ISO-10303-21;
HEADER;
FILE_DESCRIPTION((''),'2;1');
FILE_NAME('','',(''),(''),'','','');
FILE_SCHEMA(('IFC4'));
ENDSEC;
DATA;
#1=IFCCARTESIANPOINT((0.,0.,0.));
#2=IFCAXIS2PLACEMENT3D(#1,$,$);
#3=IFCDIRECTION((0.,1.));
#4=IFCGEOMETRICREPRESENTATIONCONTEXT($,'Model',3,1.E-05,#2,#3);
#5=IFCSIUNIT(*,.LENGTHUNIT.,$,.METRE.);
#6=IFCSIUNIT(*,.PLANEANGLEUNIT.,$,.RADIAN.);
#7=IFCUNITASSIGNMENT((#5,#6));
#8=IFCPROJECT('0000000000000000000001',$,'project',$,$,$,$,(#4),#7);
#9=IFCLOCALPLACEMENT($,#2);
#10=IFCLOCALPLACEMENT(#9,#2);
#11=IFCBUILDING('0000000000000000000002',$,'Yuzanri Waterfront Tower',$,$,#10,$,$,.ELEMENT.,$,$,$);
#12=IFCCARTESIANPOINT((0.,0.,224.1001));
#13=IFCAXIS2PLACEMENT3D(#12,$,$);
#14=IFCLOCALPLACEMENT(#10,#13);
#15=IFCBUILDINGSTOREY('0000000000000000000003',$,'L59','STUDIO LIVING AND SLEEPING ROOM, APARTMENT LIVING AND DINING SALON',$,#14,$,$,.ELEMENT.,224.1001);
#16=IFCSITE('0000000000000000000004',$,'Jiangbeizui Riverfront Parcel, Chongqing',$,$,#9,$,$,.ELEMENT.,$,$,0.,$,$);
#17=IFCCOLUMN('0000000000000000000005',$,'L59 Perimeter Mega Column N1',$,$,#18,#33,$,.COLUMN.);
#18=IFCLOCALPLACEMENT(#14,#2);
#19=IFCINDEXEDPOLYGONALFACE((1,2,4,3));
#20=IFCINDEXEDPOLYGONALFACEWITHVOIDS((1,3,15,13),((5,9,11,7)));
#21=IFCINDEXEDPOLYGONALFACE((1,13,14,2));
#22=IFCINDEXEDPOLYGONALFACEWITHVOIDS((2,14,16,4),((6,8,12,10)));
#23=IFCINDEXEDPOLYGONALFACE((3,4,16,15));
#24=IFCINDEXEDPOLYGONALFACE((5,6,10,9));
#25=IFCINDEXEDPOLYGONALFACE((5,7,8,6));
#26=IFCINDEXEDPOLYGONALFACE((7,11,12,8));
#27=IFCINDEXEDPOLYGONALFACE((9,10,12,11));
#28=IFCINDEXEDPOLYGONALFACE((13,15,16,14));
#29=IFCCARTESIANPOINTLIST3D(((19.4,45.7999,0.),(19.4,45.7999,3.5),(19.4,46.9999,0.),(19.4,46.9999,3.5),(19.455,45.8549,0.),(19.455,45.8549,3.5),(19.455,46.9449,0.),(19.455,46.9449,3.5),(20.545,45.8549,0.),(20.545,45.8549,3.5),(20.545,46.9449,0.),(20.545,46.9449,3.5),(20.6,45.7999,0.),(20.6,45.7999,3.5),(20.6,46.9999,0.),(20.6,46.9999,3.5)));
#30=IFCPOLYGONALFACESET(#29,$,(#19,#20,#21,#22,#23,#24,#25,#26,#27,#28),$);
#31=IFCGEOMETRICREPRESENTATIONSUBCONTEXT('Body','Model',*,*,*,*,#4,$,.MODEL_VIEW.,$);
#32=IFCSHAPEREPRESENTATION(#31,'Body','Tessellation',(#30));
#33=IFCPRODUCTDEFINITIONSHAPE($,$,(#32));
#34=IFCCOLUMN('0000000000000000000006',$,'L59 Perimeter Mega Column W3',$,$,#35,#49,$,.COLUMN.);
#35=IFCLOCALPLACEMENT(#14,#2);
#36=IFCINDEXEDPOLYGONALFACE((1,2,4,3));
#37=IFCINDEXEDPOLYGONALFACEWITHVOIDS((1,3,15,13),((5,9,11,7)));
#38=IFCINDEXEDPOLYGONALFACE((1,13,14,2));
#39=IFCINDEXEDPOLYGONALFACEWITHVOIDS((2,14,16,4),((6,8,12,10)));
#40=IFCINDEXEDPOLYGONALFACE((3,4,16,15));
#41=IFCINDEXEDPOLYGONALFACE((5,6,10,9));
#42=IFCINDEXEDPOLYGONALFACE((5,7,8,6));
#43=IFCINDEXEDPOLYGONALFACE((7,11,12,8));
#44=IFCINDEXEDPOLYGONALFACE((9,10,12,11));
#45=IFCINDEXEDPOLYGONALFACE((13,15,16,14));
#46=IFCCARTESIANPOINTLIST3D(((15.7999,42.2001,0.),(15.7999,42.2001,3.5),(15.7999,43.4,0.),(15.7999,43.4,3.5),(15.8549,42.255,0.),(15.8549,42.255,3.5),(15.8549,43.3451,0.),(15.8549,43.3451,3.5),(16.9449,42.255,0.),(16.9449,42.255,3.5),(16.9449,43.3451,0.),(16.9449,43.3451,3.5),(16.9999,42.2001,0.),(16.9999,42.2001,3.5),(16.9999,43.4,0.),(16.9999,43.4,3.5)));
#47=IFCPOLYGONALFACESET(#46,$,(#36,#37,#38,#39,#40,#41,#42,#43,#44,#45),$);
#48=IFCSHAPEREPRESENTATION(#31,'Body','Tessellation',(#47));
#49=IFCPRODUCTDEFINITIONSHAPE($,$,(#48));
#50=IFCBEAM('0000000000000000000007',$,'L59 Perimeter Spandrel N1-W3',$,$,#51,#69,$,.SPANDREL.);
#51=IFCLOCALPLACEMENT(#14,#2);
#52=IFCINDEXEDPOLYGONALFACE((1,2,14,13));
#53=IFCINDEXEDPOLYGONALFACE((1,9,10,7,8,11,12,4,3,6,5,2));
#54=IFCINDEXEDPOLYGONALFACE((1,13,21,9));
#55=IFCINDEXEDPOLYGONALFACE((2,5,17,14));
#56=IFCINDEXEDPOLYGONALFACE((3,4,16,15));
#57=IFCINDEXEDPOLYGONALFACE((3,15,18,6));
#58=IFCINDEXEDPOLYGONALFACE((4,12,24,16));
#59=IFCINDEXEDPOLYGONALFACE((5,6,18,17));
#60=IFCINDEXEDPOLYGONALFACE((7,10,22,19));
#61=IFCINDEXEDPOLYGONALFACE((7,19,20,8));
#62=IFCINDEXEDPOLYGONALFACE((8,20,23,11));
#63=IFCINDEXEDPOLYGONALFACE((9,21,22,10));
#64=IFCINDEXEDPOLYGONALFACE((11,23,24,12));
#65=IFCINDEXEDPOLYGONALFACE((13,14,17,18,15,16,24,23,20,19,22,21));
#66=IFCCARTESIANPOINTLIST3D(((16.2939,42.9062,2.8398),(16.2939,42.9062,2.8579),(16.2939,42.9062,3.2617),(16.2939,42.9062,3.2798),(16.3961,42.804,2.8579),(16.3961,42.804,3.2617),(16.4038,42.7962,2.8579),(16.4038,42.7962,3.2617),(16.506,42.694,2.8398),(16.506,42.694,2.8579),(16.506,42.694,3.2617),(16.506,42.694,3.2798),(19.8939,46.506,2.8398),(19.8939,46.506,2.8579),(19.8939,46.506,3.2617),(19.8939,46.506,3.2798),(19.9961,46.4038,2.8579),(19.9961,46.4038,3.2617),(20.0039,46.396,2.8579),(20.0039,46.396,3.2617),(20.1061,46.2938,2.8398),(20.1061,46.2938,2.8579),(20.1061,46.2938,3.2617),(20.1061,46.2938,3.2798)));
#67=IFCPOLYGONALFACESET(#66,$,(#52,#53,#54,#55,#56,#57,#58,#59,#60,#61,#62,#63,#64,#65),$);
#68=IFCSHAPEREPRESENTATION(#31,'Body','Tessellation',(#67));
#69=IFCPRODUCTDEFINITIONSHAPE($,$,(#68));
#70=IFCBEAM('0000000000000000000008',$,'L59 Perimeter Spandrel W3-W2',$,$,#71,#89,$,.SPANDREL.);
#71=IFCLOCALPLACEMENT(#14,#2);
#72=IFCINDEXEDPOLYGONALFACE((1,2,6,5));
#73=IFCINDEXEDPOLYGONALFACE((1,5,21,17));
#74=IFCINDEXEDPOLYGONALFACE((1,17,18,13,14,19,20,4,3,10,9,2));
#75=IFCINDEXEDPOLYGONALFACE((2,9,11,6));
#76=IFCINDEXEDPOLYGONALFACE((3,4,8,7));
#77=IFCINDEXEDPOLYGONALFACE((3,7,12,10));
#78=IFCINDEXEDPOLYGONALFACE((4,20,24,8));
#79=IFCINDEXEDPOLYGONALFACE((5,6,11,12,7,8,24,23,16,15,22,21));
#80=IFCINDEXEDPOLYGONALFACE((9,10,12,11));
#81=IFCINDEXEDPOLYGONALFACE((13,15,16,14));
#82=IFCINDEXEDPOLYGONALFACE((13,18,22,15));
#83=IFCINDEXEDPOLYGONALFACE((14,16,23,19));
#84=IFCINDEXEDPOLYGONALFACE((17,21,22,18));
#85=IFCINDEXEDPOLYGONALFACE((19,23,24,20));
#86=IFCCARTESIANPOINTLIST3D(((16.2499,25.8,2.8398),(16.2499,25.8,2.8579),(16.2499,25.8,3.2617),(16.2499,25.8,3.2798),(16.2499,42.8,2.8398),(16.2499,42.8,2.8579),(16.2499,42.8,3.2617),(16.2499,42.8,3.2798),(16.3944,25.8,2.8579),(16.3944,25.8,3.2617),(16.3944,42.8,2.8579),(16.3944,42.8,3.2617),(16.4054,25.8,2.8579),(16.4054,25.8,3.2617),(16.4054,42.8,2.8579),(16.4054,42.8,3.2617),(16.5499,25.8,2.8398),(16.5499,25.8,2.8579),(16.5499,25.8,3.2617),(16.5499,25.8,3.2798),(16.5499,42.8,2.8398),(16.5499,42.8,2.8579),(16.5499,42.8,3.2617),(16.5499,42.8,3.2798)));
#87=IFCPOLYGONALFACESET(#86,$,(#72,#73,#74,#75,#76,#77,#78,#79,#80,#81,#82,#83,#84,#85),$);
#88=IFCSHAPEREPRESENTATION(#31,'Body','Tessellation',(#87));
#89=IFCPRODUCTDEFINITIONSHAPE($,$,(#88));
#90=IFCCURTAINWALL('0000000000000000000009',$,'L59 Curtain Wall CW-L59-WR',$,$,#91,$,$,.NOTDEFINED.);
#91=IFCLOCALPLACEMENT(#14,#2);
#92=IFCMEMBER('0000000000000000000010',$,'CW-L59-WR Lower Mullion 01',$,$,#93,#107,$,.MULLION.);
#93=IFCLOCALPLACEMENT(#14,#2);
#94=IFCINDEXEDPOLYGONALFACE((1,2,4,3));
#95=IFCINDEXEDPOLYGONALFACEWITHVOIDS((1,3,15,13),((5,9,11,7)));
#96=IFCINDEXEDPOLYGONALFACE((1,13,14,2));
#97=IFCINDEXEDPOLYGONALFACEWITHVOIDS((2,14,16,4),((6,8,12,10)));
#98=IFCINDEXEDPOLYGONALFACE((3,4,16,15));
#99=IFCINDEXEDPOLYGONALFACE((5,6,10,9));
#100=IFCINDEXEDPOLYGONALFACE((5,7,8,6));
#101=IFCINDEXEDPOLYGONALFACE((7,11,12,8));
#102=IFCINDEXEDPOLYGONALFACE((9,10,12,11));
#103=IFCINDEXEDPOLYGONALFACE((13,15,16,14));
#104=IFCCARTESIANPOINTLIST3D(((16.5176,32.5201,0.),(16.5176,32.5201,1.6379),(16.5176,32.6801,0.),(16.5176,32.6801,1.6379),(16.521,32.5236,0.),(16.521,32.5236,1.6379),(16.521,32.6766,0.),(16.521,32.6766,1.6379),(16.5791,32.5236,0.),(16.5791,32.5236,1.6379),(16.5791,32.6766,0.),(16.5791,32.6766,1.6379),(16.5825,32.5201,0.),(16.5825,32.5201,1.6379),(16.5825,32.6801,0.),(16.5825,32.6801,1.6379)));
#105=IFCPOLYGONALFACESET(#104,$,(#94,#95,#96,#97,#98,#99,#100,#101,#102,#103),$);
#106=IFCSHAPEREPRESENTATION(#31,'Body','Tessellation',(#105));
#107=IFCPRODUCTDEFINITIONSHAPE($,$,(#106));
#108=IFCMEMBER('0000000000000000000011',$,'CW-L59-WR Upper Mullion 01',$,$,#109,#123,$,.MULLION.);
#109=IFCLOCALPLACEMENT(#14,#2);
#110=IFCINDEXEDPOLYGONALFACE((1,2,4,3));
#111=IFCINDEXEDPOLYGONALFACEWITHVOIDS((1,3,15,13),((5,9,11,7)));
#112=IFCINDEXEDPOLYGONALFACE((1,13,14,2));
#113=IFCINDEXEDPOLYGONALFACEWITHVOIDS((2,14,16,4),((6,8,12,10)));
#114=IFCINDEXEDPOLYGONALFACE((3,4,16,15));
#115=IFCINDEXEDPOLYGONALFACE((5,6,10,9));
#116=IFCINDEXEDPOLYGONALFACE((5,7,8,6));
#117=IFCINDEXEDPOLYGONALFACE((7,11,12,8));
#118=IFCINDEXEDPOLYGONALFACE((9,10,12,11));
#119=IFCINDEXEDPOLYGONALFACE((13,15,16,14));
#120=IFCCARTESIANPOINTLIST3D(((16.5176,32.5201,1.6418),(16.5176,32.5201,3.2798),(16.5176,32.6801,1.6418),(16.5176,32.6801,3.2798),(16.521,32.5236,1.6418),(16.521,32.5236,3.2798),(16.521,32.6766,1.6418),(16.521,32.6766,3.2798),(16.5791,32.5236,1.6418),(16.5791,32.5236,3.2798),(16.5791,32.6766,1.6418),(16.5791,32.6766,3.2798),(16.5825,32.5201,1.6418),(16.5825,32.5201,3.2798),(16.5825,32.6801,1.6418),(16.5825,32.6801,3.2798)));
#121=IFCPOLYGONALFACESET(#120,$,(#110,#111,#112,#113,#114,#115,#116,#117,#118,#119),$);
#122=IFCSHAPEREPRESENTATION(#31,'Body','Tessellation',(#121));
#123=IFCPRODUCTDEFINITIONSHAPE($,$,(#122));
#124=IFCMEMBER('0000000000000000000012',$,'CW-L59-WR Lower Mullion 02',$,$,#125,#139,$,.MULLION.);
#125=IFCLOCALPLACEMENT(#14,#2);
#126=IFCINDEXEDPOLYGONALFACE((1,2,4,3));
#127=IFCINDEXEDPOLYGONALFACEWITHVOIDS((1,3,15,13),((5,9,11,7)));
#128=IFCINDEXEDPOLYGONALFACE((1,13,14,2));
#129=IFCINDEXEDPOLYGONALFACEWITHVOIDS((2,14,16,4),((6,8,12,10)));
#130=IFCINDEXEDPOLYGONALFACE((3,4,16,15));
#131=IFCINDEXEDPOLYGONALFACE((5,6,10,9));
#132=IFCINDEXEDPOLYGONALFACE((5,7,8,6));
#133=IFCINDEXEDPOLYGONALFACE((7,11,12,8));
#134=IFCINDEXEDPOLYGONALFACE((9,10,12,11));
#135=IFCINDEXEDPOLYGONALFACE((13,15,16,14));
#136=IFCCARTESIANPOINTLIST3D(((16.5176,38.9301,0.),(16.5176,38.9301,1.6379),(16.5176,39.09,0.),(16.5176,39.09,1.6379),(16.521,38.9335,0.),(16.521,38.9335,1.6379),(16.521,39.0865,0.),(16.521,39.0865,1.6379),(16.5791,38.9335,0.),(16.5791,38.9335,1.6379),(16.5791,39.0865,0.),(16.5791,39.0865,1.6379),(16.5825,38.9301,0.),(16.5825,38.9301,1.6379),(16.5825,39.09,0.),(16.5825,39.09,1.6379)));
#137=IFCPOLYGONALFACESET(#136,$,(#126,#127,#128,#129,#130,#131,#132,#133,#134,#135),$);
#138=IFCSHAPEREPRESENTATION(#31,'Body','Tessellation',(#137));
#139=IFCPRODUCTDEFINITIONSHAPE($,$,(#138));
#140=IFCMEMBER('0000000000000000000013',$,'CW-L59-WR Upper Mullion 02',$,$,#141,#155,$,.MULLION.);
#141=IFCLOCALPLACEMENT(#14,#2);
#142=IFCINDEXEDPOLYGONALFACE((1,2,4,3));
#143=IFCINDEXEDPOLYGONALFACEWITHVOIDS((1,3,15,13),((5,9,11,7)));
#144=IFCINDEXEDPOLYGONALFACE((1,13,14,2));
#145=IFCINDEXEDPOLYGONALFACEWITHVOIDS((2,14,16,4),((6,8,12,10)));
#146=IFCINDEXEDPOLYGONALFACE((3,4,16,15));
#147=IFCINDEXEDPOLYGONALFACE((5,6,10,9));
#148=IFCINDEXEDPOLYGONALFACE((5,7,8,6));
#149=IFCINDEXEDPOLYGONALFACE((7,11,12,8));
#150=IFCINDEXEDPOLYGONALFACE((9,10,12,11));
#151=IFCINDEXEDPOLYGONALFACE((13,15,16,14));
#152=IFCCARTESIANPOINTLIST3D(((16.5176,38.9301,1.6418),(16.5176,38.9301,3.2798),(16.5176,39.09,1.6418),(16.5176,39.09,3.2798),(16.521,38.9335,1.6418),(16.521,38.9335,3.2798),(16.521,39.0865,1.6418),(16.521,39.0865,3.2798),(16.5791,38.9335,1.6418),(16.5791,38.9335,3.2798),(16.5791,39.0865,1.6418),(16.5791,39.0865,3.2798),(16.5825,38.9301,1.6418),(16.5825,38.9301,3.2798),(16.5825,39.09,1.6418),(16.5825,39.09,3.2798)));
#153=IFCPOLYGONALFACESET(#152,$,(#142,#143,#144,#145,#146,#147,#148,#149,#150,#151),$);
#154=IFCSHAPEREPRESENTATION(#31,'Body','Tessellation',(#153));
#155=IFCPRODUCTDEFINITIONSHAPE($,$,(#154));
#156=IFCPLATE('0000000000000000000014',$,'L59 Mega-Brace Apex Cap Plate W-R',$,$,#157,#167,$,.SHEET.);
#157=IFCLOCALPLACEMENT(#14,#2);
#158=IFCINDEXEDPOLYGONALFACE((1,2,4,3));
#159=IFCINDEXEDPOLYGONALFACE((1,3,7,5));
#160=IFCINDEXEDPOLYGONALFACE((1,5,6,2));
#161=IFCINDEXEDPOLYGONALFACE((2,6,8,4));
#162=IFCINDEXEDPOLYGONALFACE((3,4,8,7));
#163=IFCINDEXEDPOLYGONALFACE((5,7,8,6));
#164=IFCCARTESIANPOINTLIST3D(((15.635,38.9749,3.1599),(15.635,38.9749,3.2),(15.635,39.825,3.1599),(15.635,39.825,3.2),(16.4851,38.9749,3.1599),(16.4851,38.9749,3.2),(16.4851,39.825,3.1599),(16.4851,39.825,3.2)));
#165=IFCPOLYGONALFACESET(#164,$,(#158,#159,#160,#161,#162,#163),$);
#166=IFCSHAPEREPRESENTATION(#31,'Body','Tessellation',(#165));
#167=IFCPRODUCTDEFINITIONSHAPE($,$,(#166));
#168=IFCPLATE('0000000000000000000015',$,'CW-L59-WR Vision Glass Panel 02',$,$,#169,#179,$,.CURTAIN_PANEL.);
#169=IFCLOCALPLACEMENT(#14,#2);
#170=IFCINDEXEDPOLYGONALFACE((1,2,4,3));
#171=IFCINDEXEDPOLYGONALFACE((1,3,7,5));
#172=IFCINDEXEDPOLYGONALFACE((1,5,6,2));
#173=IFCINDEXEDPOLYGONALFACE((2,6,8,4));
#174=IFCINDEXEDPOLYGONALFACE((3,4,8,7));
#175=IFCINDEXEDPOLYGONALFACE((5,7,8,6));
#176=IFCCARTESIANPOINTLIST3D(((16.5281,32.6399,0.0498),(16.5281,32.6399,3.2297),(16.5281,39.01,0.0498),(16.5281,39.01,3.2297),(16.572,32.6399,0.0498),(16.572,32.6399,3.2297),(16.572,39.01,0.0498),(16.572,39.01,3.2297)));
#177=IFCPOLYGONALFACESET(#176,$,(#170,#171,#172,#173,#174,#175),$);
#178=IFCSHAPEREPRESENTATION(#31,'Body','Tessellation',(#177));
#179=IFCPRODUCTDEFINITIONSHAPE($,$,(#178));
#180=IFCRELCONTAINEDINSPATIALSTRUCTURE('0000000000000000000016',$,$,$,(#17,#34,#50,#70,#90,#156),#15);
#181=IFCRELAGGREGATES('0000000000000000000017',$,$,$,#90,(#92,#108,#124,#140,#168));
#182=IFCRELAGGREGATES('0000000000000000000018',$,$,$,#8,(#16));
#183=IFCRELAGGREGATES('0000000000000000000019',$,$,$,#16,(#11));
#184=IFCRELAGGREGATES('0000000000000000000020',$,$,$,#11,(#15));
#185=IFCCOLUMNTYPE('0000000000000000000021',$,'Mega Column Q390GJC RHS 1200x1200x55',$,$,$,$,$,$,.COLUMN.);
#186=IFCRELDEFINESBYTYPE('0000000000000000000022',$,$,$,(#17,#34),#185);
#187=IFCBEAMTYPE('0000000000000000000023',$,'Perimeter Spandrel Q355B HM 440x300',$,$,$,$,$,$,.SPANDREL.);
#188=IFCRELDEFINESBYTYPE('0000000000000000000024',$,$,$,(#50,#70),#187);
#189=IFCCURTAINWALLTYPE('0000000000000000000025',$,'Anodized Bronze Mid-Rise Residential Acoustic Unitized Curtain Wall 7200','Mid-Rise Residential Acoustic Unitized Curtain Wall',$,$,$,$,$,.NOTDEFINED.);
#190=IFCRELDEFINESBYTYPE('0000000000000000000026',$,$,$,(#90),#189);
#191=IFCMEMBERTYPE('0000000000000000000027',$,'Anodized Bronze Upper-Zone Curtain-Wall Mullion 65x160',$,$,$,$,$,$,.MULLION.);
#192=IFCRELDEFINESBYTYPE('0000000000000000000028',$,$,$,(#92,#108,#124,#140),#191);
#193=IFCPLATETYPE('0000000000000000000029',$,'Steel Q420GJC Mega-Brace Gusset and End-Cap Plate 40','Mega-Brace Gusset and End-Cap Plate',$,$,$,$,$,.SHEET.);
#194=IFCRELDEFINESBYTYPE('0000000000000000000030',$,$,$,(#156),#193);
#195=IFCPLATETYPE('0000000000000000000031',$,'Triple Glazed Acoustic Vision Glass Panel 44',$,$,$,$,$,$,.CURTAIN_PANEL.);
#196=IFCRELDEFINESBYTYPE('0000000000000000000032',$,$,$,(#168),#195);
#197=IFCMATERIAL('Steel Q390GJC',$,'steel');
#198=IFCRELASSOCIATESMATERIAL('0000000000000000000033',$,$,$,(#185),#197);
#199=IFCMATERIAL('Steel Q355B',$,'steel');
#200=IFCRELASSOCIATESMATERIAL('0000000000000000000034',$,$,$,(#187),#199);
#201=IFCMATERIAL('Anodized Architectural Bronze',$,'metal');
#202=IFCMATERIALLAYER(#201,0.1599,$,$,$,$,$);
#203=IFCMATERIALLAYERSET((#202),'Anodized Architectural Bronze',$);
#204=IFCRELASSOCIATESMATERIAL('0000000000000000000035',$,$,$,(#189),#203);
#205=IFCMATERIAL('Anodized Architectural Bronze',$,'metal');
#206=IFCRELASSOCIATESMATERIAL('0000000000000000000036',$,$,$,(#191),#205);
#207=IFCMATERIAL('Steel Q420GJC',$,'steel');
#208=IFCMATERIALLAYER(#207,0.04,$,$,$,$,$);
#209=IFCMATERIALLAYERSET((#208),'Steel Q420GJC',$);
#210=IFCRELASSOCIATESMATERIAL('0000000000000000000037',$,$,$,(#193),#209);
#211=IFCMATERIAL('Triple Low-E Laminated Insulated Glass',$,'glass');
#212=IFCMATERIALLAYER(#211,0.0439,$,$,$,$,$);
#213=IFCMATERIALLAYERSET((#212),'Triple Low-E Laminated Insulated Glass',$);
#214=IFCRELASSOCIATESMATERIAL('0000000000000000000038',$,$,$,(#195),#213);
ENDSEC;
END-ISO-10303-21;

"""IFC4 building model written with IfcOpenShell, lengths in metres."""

from ifc_helpers import new_model, si_unit, direction, frame, origin, origin_2d, place, context, subcontext, project, spatial, rectangle, hollow_rectangle, i_section, extrude, source, transform, mapped, material, layer, layer_set, material_profile, profile_set, type_object, element, aggregate, save


model = new_model("IFC4")

# Units and contexts
model_context = context("Model", 3, precision=1e-05, world=origin(), true_north=direction((0.0, 1.0)))
body_context = subcontext(model_context, "Body", "Model", "MODEL_VIEW")
ifc_project = project(units=[si_unit("LENGTHUNIT", "METRE"), si_unit("PLANEANGLEUNIT", "RADIAN")], contexts=[model_context])

# Site, building, storey
site_placement = place(None, origin())
site = spatial("IfcSite", under=ifc_project, at=site_placement, Name="Jiangbeizui Riverfront Parcel, Chongqing", CompositionType="ELEMENT", RefElevation=0.0)
building_placement = place(site_placement, origin())
building = spatial("IfcBuilding", under=site, at=building_placement, Name="Yuzanri Waterfront Tower", CompositionType="ELEMENT")
storey_placement = place(building_placement, frame((0.0, 0.0, 224.1001)))
storey = spatial("IfcBuildingStorey", under=building, at=storey_placement, Name="L59", Description="STUDIO LIVING AND SLEEPING ROOM, APARTMENT LIVING AND DINING SALON", CompositionType="ELEMENT", Elevation=224.1001)

# Columns
ifc_material_1 = material(Name="Steel Q390GJC", Category="steel")
ifc_material_profile_1 = material_profile(ifc_material_1, hollow_rectangle(XDim=1.2, YDim=1.2, WallThickness=0.0549, at=origin_2d()), Name="RHS 1200x1200x55")
ifc_profile_set_1 = profile_set([ifc_material_profile_1], Name="Steel Q390GJC")
column_type = type_object("IfcColumnType", Name="Mega Column Q390GJC RHS 1200x1200x55", PredefinedType="COLUMN", material=ifc_profile_set_1)
shared_shape_1 = source(origin(), body_context, "Body", "SweptSolid", [
    extrude(hollow_rectangle(XDim=1.2, YDim=1.2, WallThickness=0.0549, at=origin_2d()), origin(), (0.0, 0.0, 1.0), 3.5),
])
for number, where, z_axis, x_axis, name in (
    (1, (20.0, 46.3999, 0.0), (0.0, 0.0, 1.0), (1.0, 0.0, 0.0), "L59 Perimeter Mega Column N1"),
    (2, (16.3999, 42.8, 0.0), (0.0, 0.0, 1.0), (1.0, 0.0, 0.0), "L59 Perimeter Mega Column W3"),
):
    element("IfcColumn", number, at=place(storey_placement, frame(where, z_axis=z_axis, x_axis=x_axis)), inside=storey, type_object=column_type, Name=name, PredefinedType="COLUMN", context=body_context, shape_type="MappedRepresentation", body=[
        mapped(shared_shape_1, transform((0.0, 0.0, 0.0), scale=1.0)),
    ])

# Beams
ifc_material_2 = material(Name="Steel Q355B", Category="steel")
ifc_material_profile_2 = material_profile(ifc_material_2, i_section(OverallWidth=0.3, OverallDepth=0.4399, WebThickness=0.011, FlangeThickness=0.0181, at=origin_2d()), Name="HM 440x300x11x18")
ifc_profile_set_2 = profile_set([ifc_material_profile_2], Name="Steel Q355B")
beam_type = type_object("IfcBeamType", Name="Perimeter Spandrel Q355B HM 440x300", PredefinedType="SPANDREL", material=ifc_profile_set_2)
shared_shape_2 = source(origin(), body_context, "Body", "SweptSolid", [
    extrude(i_section(OverallWidth=0.3, OverallDepth=0.4399, WebThickness=0.011, FlangeThickness=0.0181, at=origin_2d()), origin(), (0.0, 0.0, 1.0), 5.0911),
])
beam_1_placement = place(storey_placement, frame((20.0, 46.3999, 3.0598), z_axis=(-0.707131, -0.707083, 0.0), x_axis=(0.707083, -0.707131, 0.0)))
element("IfcBeam", 3, at=beam_1_placement, inside=storey, type_object=beam_type, Name="L59 Perimeter Spandrel N1-W3", PredefinedType="SPANDREL", context=body_context, shape_type="MappedRepresentation", body=[
    mapped(shared_shape_2, transform((0.0, 0.0, 0.0), scale=1.0)),
])
shared_shape_3 = source(origin(), body_context, "Body", "SweptSolid", [
    extrude(i_section(OverallWidth=0.3, OverallDepth=0.4399, WebThickness=0.011, FlangeThickness=0.0181, at=origin_2d()), origin(), (0.0, 0.0, 1.0), 17.0),
])
beam_2_placement = place(storey_placement, frame((16.3999, 42.8, 3.0598), z_axis=(0.0, -1.0, 0.0), x_axis=(1.0, 0.0, 0.0)))
element("IfcBeam", 4, at=beam_2_placement, inside=storey, type_object=beam_type, Name="L59 Perimeter Spandrel W3-W2", PredefinedType="SPANDREL", context=body_context, shape_type="MappedRepresentation", body=[
    mapped(shared_shape_3, transform((0.0, 0.0, 0.0), scale=1.0)),
])

# Curtain wall, members
ifc_material_3 = material(Name="Anodized Architectural Bronze", Category="metal")
ifc_layer_1 = layer(ifc_material_3, 0.1599)
ifc_layer_set_1 = layer_set([ifc_layer_1], Name="Anodized Architectural Bronze")
curtain_wall_type = type_object("IfcCurtainWallType", Name="Anodized Bronze Mid-Rise Residential Acoustic Unitized Curtain Wall 7200", Description="Mid-Rise Residential Acoustic Unitized Curtain Wall", PredefinedType="NOTDEFINED", material=ifc_layer_set_1)
curtain_wall_placement = place(storey_placement, origin())
curtain_wall = element("IfcCurtainWall", 5, at=curtain_wall_placement, inside=storey, type_object=curtain_wall_type, Name="L59 Curtain Wall CW-L59-WR", PredefinedType="NOTDEFINED")
ifc_material_4 = material(Name="Anodized Architectural Bronze", Category="metal")
ifc_material_profile_3 = material_profile(ifc_material_4, hollow_rectangle(XDim=0.0649, YDim=0.1599, WallThickness=0.0034, at=origin_2d()), Name="CWM 65x160")
ifc_profile_set_3 = profile_set([ifc_material_profile_3], Name="Anodized Architectural Bronze")
member_type = type_object("IfcMemberType", Name="Anodized Bronze Upper-Zone Curtain-Wall Mullion 65x160", PredefinedType="MULLION", material=ifc_profile_set_3)
shared_shape_4 = source(origin(), body_context, "Body", "SweptSolid", [
    extrude(hollow_rectangle(XDim=0.0649, YDim=0.1599, WallThickness=0.0034, at=origin_2d()), origin(), (0.0, 0.0, 1.0), 1.6379),
])
member_1_placement = place(storey_placement, frame((16.55, 32.6001, 0.0), z_axis=(0.0, 0.0, 1.0), x_axis=(1.0, 0.0, 0.0)))
member_1 = element("IfcMember", 6, at=member_1_placement, type_object=member_type, Name="CW-L59-WR Lower Mullion 01", PredefinedType="MULLION", context=body_context, shape_type="MappedRepresentation", body=[
    mapped(shared_shape_4, transform((0.0, 0.0, 0.0), scale=1.0)),
])
member_2_placement = place(storey_placement, frame((16.55, 32.6001, 1.6418), z_axis=(0.0, 0.0, 1.0), x_axis=(1.0, 0.0, 0.0)))
member_2 = element("IfcMember", 7, at=member_2_placement, type_object=member_type, Name="CW-L59-WR Upper Mullion 01", PredefinedType="MULLION", context=body_context, shape_type="MappedRepresentation", body=[
    mapped(shared_shape_4, transform((0.0, 0.0, 0.0), scale=1.0)),
])
member_3_placement = place(storey_placement, frame((16.55, 39.01, 0.0), z_axis=(0.0, 0.0, 1.0), x_axis=(1.0, 0.0, 0.0)))
member_3 = element("IfcMember", 8, at=member_3_placement, type_object=member_type, Name="CW-L59-WR Lower Mullion 02", PredefinedType="MULLION", context=body_context, shape_type="MappedRepresentation", body=[
    mapped(shared_shape_4, transform((0.0, 0.0, 0.0), scale=1.0)),
])
member_4_placement = place(storey_placement, frame((16.55, 39.01, 1.6418), z_axis=(0.0, 0.0, 1.0), x_axis=(1.0, 0.0, 0.0)))
member_4 = element("IfcMember", 9, at=member_4_placement, type_object=member_type, Name="CW-L59-WR Upper Mullion 02", PredefinedType="MULLION", context=body_context, shape_type="MappedRepresentation", body=[
    mapped(shared_shape_4, transform((0.0, 0.0, 0.0), scale=1.0)),
])

# Plates
ifc_material_5 = material(Name="Steel Q420GJC", Category="steel")
ifc_layer_2 = layer(ifc_material_5, 0.04)
ifc_layer_set_2 = layer_set([ifc_layer_2], Name="Steel Q420GJC")
plate_type_1 = type_object("IfcPlateType", Name="Steel Q420GJC Mega-Brace Gusset and End-Cap Plate 40", Description="Mega-Brace Gusset and End-Cap Plate", PredefinedType="SHEET", material=ifc_layer_set_2)
shared_shape_5 = source(origin(), body_context, "Body", "SweptSolid", [
    extrude(rectangle(XDim=0.8501, YDim=0.8501, at=origin_2d()), origin(), (0.0, 0.0, 1.0), 0.04),
])
plate_1_placement = place(storey_placement, frame((16.0601, 39.3999, 3.1599), z_axis=(0.0, 0.0, 1.0), x_axis=(1.0, 0.0, 0.0)))
element("IfcPlate", 10, at=plate_1_placement, inside=storey, type_object=plate_type_1, Name="L59 Mega-Brace Apex Cap Plate W-R", PredefinedType="SHEET", context=body_context, shape_type="MappedRepresentation", body=[
    mapped(shared_shape_5, transform((0.0, 0.0, 0.0), scale=1.0)),
])
ifc_material_6 = material(Name="Triple Low-E Laminated Insulated Glass", Category="glass")
ifc_layer_3 = layer(ifc_material_6, 0.0439)
ifc_layer_set_3 = layer_set([ifc_layer_3], Name="Triple Low-E Laminated Insulated Glass")
plate_type_2 = type_object("IfcPlateType", Name="Triple Glazed Acoustic Vision Glass Panel 44", PredefinedType="CURTAIN_PANEL", material=ifc_layer_set_3)
shared_shape_6 = source(origin(), body_context, "Body", "SweptSolid", [
    extrude(rectangle(XDim=6.3701, YDim=0.0439, at=origin_2d()), origin(), (0.0, 0.0, 1.0), 3.1799),
])
plate_2_placement = place(storey_placement, frame((16.55, 35.825, 0.0498), z_axis=(0.0, 0.0, 1.0), x_axis=(0.0, 1.0, 0.0)))
plate_2 = element("IfcPlate", 11, at=plate_2_placement, type_object=plate_type_2, Name="CW-L59-WR Vision Glass Panel 02", PredefinedType="CURTAIN_PANEL", context=body_context, shape_type="MappedRepresentation", body=[
    mapped(shared_shape_6, transform((0.0, 0.0, 0.0), scale=1.0)),
])
aggregate(curtain_wall, [member_1, member_2, member_3, member_4, plate_2])

save(model, "model.ifc")
